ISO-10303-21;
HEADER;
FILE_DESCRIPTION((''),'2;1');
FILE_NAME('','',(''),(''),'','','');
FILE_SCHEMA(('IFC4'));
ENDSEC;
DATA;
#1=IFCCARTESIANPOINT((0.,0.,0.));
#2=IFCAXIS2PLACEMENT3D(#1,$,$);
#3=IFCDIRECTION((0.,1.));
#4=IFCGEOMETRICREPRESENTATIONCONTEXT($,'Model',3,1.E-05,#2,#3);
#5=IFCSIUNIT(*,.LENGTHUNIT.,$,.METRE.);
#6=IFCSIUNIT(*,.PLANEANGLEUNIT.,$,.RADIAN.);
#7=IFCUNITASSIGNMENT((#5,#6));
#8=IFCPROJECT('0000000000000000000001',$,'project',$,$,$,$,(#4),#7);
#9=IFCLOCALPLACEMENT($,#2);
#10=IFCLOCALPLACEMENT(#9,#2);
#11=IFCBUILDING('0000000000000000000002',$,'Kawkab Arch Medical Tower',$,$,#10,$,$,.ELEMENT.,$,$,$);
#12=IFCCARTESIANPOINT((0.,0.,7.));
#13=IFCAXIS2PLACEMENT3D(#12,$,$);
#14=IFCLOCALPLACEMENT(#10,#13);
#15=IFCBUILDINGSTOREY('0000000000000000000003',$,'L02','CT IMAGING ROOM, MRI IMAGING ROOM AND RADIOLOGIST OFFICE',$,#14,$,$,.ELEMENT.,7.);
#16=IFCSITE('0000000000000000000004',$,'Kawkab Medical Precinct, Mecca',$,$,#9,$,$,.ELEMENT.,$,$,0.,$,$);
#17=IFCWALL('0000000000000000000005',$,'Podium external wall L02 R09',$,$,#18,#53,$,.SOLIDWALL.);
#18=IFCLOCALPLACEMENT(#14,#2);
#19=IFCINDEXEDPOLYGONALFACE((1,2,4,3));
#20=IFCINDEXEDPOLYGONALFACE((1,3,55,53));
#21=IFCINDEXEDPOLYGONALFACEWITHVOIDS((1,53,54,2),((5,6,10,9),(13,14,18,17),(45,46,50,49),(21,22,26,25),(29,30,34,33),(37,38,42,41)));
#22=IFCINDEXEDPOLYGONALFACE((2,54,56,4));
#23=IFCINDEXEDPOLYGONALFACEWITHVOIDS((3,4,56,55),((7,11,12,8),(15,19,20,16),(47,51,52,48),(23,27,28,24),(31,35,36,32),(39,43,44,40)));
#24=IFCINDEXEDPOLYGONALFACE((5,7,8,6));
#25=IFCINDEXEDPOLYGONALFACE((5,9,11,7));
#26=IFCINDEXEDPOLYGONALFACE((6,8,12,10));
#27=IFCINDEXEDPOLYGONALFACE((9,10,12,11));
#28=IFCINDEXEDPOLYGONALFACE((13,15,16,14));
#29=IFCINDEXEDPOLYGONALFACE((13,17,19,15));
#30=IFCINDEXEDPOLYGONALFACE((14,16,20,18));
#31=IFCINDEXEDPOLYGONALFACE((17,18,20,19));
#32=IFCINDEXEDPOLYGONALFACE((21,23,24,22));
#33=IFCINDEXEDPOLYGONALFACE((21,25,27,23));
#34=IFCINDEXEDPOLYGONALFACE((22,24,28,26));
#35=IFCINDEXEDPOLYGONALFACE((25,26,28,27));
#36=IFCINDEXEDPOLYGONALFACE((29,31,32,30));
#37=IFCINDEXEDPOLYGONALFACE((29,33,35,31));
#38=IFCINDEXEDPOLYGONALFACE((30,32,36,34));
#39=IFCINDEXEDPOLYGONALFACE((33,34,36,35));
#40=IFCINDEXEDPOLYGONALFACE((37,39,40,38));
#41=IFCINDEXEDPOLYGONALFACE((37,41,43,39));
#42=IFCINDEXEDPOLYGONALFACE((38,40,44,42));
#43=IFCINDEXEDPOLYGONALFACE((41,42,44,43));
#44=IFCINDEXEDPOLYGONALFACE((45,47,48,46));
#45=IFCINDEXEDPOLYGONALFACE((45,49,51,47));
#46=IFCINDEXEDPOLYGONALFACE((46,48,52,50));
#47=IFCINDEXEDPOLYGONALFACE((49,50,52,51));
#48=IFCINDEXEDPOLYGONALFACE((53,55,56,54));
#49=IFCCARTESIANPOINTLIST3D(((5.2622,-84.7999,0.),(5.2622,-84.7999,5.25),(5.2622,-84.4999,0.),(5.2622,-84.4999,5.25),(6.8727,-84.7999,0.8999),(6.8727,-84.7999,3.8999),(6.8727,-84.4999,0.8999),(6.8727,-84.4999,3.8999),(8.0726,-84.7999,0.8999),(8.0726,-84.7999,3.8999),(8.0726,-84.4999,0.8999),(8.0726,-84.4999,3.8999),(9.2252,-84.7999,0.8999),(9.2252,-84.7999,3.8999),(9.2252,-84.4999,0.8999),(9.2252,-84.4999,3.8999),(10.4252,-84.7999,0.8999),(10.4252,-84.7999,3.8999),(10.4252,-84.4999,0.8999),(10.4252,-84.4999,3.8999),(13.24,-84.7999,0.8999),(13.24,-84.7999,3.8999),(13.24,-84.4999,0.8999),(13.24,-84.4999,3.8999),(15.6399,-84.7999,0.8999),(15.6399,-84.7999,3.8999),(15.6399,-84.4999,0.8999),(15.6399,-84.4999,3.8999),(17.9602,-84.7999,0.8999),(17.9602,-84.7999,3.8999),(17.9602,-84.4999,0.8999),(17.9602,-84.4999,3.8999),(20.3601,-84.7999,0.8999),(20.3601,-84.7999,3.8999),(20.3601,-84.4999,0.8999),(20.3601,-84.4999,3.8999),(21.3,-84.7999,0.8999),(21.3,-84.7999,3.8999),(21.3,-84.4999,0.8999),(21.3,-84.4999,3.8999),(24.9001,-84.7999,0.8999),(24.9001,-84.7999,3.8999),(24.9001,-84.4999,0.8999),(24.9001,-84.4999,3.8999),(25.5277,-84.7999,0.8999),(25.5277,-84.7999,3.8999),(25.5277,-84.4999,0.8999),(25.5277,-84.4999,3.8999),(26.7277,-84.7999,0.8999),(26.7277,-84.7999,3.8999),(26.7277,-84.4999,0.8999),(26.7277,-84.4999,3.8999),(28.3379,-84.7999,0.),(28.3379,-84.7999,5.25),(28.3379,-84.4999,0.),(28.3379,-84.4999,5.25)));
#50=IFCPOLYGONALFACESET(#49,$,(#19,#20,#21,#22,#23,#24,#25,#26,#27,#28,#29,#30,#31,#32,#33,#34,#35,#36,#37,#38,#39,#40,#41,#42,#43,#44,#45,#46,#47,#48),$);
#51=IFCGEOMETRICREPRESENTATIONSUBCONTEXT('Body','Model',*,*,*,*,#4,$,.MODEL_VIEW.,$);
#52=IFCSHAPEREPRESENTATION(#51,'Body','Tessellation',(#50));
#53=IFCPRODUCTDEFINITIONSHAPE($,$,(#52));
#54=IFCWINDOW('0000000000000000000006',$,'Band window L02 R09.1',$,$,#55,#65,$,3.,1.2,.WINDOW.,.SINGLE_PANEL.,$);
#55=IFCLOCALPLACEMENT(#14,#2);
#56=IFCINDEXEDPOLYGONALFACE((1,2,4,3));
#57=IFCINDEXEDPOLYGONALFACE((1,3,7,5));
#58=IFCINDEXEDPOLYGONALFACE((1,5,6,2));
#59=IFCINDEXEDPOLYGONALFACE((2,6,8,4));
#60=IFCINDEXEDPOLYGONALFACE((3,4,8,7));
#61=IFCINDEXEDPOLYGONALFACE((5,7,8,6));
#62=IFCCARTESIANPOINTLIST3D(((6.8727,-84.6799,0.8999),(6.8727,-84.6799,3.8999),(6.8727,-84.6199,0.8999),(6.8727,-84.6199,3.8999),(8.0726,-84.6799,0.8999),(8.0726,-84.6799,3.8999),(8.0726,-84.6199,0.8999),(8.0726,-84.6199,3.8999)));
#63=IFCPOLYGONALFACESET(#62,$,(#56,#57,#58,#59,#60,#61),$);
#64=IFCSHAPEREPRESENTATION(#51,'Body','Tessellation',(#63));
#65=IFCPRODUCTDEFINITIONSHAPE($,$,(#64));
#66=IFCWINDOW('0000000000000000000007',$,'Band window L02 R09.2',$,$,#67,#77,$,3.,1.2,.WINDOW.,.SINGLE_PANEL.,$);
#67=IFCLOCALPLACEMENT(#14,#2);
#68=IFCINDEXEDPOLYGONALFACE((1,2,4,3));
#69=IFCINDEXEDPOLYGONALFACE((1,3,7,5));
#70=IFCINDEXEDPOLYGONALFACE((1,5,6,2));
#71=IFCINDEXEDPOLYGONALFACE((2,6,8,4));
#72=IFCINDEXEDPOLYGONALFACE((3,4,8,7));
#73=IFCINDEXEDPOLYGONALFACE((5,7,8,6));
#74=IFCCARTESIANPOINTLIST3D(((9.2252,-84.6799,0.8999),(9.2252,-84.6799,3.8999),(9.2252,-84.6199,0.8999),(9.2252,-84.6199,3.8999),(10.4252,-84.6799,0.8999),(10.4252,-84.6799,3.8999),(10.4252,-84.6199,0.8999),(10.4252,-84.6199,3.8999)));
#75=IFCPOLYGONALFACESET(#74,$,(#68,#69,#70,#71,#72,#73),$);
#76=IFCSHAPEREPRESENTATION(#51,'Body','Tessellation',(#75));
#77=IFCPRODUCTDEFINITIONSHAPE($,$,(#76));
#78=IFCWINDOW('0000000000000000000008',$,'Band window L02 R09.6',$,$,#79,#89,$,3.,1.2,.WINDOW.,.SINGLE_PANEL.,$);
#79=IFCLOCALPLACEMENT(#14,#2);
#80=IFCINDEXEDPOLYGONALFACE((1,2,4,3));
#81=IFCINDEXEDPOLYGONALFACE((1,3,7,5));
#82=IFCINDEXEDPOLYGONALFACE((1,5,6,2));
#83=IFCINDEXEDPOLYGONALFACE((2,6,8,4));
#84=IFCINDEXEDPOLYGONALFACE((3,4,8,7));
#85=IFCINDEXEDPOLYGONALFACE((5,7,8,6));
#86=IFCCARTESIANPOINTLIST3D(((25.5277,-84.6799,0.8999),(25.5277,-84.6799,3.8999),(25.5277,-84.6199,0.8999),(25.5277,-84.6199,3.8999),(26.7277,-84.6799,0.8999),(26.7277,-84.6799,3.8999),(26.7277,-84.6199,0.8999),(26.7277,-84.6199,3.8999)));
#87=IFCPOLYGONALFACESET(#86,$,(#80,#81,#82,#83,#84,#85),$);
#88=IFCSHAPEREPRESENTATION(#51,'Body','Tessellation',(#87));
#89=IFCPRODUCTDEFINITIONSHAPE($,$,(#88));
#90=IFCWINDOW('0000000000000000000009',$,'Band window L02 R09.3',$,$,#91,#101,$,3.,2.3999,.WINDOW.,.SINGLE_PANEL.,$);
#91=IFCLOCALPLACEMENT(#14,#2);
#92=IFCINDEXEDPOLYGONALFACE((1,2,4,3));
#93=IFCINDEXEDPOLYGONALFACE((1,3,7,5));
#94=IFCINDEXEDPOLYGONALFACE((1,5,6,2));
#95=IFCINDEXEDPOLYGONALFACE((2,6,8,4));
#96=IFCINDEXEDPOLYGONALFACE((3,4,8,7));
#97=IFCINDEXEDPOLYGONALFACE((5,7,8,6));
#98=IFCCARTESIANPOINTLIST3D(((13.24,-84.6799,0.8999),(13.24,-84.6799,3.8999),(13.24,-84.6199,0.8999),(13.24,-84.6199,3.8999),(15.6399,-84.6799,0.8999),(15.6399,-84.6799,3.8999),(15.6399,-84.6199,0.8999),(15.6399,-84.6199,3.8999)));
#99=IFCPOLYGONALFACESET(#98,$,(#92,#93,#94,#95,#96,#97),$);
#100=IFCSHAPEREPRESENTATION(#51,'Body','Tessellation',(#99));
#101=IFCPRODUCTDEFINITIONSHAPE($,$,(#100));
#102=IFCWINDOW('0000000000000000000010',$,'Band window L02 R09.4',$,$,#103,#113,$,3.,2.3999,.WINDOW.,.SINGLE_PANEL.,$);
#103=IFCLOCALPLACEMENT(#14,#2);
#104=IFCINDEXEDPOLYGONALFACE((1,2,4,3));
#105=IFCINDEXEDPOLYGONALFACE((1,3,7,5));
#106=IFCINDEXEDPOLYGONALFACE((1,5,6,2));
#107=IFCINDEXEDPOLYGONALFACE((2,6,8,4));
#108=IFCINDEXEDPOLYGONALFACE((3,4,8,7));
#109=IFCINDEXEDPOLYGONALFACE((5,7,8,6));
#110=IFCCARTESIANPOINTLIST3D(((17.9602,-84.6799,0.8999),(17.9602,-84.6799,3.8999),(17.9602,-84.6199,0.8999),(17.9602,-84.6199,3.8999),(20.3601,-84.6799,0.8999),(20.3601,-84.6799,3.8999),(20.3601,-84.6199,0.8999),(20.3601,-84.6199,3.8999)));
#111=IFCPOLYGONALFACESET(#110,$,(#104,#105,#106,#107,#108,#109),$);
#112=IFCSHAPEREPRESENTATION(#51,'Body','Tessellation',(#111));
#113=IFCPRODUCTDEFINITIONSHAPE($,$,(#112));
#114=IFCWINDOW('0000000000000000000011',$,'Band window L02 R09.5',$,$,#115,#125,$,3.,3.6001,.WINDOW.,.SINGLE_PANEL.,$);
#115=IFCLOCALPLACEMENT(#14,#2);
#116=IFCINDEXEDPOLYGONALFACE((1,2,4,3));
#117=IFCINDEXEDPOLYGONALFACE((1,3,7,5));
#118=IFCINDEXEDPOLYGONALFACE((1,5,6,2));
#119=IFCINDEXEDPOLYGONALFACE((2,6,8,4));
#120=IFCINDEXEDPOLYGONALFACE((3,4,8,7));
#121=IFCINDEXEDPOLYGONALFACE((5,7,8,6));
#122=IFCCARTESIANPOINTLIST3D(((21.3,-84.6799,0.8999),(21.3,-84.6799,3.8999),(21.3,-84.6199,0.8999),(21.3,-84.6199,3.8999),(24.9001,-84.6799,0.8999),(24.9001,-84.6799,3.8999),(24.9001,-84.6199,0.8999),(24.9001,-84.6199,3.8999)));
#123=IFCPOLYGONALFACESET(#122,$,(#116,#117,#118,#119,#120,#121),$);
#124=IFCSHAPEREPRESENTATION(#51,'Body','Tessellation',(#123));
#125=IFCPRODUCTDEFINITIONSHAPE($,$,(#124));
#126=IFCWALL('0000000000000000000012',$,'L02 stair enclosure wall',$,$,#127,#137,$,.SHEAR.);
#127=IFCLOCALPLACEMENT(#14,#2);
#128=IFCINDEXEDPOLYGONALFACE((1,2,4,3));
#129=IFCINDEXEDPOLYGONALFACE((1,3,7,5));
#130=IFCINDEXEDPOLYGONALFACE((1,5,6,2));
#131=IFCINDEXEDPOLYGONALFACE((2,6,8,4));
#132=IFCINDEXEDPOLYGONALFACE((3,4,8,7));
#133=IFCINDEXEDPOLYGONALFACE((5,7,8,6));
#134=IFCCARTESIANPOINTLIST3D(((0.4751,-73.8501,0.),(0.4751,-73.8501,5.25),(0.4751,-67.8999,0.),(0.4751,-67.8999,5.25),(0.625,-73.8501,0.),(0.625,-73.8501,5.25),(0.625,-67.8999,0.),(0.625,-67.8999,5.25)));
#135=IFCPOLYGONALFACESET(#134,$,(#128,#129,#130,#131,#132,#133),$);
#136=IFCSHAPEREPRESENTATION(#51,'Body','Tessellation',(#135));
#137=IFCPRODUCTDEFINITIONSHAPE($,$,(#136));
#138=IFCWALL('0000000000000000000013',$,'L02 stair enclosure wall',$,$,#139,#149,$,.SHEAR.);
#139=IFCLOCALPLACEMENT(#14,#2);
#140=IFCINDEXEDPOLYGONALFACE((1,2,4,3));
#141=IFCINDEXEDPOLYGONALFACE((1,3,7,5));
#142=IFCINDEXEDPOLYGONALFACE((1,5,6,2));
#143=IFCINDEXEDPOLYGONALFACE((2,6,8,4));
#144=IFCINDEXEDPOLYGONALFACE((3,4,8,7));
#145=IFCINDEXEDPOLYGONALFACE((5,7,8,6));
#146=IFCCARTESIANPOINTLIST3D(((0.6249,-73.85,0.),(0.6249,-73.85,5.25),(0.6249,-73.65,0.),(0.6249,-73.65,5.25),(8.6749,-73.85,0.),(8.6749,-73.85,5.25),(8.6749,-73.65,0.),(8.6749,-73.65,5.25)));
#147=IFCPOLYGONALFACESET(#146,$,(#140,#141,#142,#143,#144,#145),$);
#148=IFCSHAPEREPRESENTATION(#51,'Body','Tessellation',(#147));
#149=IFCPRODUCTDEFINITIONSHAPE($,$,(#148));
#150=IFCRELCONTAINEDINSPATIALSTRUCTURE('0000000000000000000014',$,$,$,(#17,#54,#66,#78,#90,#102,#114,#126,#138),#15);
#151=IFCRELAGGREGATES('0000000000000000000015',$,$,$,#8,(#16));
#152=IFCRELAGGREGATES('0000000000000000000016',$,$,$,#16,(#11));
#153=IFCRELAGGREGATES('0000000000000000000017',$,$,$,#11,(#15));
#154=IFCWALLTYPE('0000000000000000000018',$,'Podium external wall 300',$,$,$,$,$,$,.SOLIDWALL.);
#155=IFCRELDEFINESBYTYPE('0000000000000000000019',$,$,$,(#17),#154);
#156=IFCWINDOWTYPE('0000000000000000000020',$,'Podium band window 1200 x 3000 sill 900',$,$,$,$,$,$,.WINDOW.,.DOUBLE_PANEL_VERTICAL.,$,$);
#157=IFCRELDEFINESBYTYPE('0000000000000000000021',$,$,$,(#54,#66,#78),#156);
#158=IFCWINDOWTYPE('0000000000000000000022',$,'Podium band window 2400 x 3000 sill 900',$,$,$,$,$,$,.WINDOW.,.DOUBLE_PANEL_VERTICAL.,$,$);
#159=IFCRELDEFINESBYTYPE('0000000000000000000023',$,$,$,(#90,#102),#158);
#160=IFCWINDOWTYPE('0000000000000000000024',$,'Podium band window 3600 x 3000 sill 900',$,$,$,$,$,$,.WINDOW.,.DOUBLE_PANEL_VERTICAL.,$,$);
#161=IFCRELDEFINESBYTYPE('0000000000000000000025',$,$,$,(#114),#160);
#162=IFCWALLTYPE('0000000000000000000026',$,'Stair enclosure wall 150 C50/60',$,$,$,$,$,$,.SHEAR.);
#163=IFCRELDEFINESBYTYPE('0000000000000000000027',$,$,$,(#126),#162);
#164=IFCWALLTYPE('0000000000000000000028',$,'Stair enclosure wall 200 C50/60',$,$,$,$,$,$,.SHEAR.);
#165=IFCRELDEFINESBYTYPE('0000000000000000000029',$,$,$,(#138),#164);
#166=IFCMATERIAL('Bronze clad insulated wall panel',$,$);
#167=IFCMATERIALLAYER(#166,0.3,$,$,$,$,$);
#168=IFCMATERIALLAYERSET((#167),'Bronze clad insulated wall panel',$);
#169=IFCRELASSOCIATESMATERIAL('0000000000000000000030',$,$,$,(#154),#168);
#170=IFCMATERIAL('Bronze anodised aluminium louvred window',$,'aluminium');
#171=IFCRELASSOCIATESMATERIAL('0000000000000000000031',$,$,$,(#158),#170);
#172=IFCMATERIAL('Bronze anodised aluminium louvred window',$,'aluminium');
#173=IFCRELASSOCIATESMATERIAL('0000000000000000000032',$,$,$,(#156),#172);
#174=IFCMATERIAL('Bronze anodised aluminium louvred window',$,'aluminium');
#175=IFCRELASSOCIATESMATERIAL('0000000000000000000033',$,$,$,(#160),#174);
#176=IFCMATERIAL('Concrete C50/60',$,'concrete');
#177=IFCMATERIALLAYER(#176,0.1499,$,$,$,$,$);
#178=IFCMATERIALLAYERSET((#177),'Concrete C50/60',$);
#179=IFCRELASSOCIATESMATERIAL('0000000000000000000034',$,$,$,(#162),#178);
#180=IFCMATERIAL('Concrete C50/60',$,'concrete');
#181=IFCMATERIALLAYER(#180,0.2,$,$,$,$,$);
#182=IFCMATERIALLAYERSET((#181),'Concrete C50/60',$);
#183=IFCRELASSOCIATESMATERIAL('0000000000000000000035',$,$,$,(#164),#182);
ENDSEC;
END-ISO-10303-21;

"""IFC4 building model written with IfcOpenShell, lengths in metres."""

from ifc_helpers import new_model, si_unit, direction, frame, frame_2d, origin, place, context, subcontext, project, spatial, rectangle, extrude, material, layer, layer_set, type_object, element, fill, save


model = new_model("IFC4")

# Units and contexts
model_context = context("Model", 3, precision=1e-05, world=origin(), true_north=direction((0.0, 1.0)))
body_context = subcontext(model_context, "Body", "Model", "MODEL_VIEW")
ifc_project = project(units=[si_unit("LENGTHUNIT", "METRE"), si_unit("PLANEANGLEUNIT", "RADIAN")], contexts=[model_context])

# Site, building, storey
site_placement = place(None, origin())
site = spatial("IfcSite", under=ifc_project, at=site_placement, Name="Kawkab Medical Precinct, Mecca", CompositionType="ELEMENT", RefElevation=0.0)
building_placement = place(site_placement, origin())
building = spatial("IfcBuilding", under=site, at=building_placement, Name="Kawkab Arch Medical Tower", CompositionType="ELEMENT")
storey_placement = place(building_placement, frame((0.0, 0.0, 7.0)))
storey = spatial("IfcBuildingStorey", under=building, at=storey_placement, Name="L02", Description="CT IMAGING ROOM, MRI IMAGING ROOM AND RADIOLOGIST OFFICE", CompositionType="ELEMENT", Elevation=7.0)

# Wall, openings, windows
ifc_material_1 = material(Name="Bronze clad insulated wall panel")
ifc_layer_1 = layer(ifc_material_1, 0.3)
ifc_layer_set_1 = layer_set([ifc_layer_1], Name="Bronze clad insulated wall panel")
wall_type_1 = type_object("IfcWallType", Name="Podium external wall 300", PredefinedType="SOLIDWALL", material=ifc_layer_set_1)
ifc_material_2 = material(Name="Bronze anodised aluminium louvred window", Category="aluminium")
window_type_1 = type_object("IfcWindowType", Name="Podium band window 2400 x 3000 sill 900", PartitioningType="DOUBLE_PANEL_VERTICAL", PredefinedType="WINDOW", material=ifc_material_2)
wall_1_placement = place(storey_placement, frame((5.2622, -84.6499, 0.0), z_axis=(0.0, 0.0, 1.0), x_axis=(1.0, 0.0, 0.0)))
wall_1 = element("IfcWall", 1, at=wall_1_placement, inside=storey, type_object=wall_type_1, Name="Podium external wall L02 R09", PredefinedType="SOLIDWALL", context=body_context, shape_type="SweptSolid", body=[
    extrude(rectangle(XDim=23.0757, YDim=0.3, at=frame_2d((11.5378, 0.0))), origin(), (0.0, 0.0, 1.0), 5.25),
])
opening_1_placement = place(wall_1_placement, frame((1.6104, 0.0, 0.8999)))
opening_1 = element("IfcOpeningElement", 2, at=opening_1_placement, cuts=wall_1, PredefinedType="OPENING", context=body_context, shape_type="SweptSolid", body=[
    extrude(rectangle(XDim=1.2, YDim=3.0, at=frame_2d((0.6001, 1.5))), frame((0.0, 0.1599, 0.0), z_axis=(0.0, -1.0, 0.0), x_axis=(1.0, 0.0, 0.0)), (0.0, 0.0, 1.0), 0.3201),
])
opening_2_placement = place(wall_1_placement, frame((3.9629, 0.0, 0.8999)))
opening_2 = element("IfcOpeningElement", 3, at=opening_2_placement, cuts=wall_1, PredefinedType="OPENING", context=body_context, shape_type="SweptSolid", body=[
    extrude(rectangle(XDim=1.2, YDim=3.0, at=frame_2d((0.6001, 1.5))), frame((0.0, 0.1599, 0.0), z_axis=(0.0, -1.0, 0.0), x_axis=(1.0, 0.0, 0.0)), (0.0, 0.0, 1.0), 0.3201),
])
opening_3_placement = place(wall_1_placement, frame((7.9778, 0.0, 0.8999)))
opening_3 = element("IfcOpeningElement", 4, at=opening_3_placement, cuts=wall_1, PredefinedType="OPENING", context=body_context, shape_type="SweptSolid", body=[
    extrude(rectangle(XDim=2.3999, YDim=3.0, at=frame_2d((1.2, 1.5))), frame((0.0, 0.1599, 0.0), z_axis=(0.0, -1.0, 0.0), x_axis=(1.0, 0.0, 0.0)), (0.0, 0.0, 1.0), 0.3201),
])
opening_4_placement = place(wall_1_placement, frame((12.698, 0.0, 0.8999)))
opening_4 = element("IfcOpeningElement", 5, at=opening_4_placement, cuts=wall_1, PredefinedType="OPENING", context=body_context, shape_type="SweptSolid", body=[
    extrude(rectangle(XDim=2.3999, YDim=3.0, at=frame_2d((1.2, 1.5))), frame((0.0, 0.1599, 0.0), z_axis=(0.0, -1.0, 0.0), x_axis=(1.0, 0.0, 0.0)), (0.0, 0.0, 1.0), 0.3201),
])
opening_5_placement = place(wall_1_placement, frame((16.0378, 0.0, 0.8999)))
opening_5 = element("IfcOpeningElement", 6, at=opening_5_placement, cuts=wall_1, PredefinedType="OPENING", context=body_context, shape_type="SweptSolid", body=[
    extrude(rectangle(XDim=3.6001, YDim=3.0, at=frame_2d((1.8, 1.5))), frame((0.0, 0.1599, 0.0), z_axis=(0.0, -1.0, 0.0), x_axis=(1.0, 0.0, 0.0)), (0.0, 0.0, 1.0), 0.3201),
])
opening_6_placement = place(wall_1_placement, frame((20.2654, 0.0, 0.8999)))
opening_6 = element("IfcOpeningElement", 7, at=opening_6_placement, cuts=wall_1, PredefinedType="OPENING", context=body_context, shape_type="SweptSolid", body=[
    extrude(rectangle(XDim=1.2, YDim=3.0, at=frame_2d((0.6001, 1.5))), frame((0.0, 0.1599, 0.0), z_axis=(0.0, -1.0, 0.0), x_axis=(1.0, 0.0, 0.0)), (0.0, 0.0, 1.0), 0.3201),
])
ifc_material_3 = material(Name="Bronze anodised aluminium louvred window", Category="aluminium")
window_type_2 = type_object("IfcWindowType", Name="Podium band window 1200 x 3000 sill 900", PartitioningType="DOUBLE_PANEL_VERTICAL", PredefinedType="WINDOW", material=ifc_material_3)
window_1_placement = place(opening_1_placement, origin())
window_1 = element("IfcWindow", 8, at=window_1_placement, inside=storey, type_object=window_type_2, Name="Band window L02 R09.1", OverallHeight=3.0, OverallWidth=1.2, PartitioningType="SINGLE_PANEL", PredefinedType="WINDOW", context=body_context, shape_type="SweptSolid", body=[
    extrude(rectangle(XDim=1.2, YDim=3.0, at=frame_2d((0.6001, 1.5))), frame((0.0, 0.03, 0.0), z_axis=(0.0, -1.0, 0.0), x_axis=(1.0, 0.0, 0.0)), (0.0, 0.0, 1.0), 0.0601),
])
fill(opening_1, window_1)
window_2_placement = place(opening_2_placement, origin())
window_2 = element("IfcWindow", 9, at=window_2_placement, inside=storey, type_object=window_type_2, Name="Band window L02 R09.2", OverallHeight=3.0, OverallWidth=1.2, PartitioningType="SINGLE_PANEL", PredefinedType="WINDOW", context=body_context, shape_type="SweptSolid", body=[
    extrude(rectangle(XDim=1.2, YDim=3.0, at=frame_2d((0.6001, 1.5))), frame((0.0, 0.03, 0.0), z_axis=(0.0, -1.0, 0.0), x_axis=(1.0, 0.0, 0.0)), (0.0, 0.0, 1.0), 0.0601),
])
fill(opening_2, window_2)
window_3_placement = place(opening_6_placement, origin())
window_3 = element("IfcWindow", 10, at=window_3_placement, inside=storey, type_object=window_type_2, Name="Band window L02 R09.6", OverallHeight=3.0, OverallWidth=1.2, PartitioningType="SINGLE_PANEL", PredefinedType="WINDOW", context=body_context, shape_type="SweptSolid", body=[
    extrude(rectangle(XDim=1.2, YDim=3.0, at=frame_2d((0.6001, 1.5))), frame((0.0, 0.03, 0.0), z_axis=(0.0, -1.0, 0.0), x_axis=(1.0, 0.0, 0.0)), (0.0, 0.0, 1.0), 0.0601),
])
fill(opening_6, window_3)
window_4_placement = place(opening_3_placement, origin())
window_4 = element("IfcWindow", 11, at=window_4_placement, inside=storey, type_object=window_type_1, Name="Band window L02 R09.3", OverallHeight=3.0, OverallWidth=2.3999, PartitioningType="SINGLE_PANEL", PredefinedType="WINDOW", context=body_context, shape_type="SweptSolid", body=[
    extrude(rectangle(XDim=2.3999, YDim=3.0, at=frame_2d((1.2, 1.5))), frame((0.0, 0.03, 0.0), z_axis=(0.0, -1.0, 0.0), x_axis=(1.0, 0.0, 0.0)), (0.0, 0.0, 1.0), 0.0601),
])
fill(opening_3, window_4)
window_5_placement = place(opening_4_placement, origin())
window_5 = element("IfcWindow", 12, at=window_5_placement, inside=storey, type_object=window_type_1, Name="Band window L02 R09.4", OverallHeight=3.0, OverallWidth=2.3999, PartitioningType="SINGLE_PANEL", PredefinedType="WINDOW", context=body_context, shape_type="SweptSolid", body=[
    extrude(rectangle(XDim=2.3999, YDim=3.0, at=frame_2d((1.2, 1.5))), frame((0.0, 0.03, 0.0), z_axis=(0.0, -1.0, 0.0), x_axis=(1.0, 0.0, 0.0)), (0.0, 0.0, 1.0), 0.0601),
])
fill(opening_4, window_5)
ifc_material_4 = material(Name="Bronze anodised aluminium louvred window", Category="aluminium")
window_type_3 = type_object("IfcWindowType", Name="Podium band window 3600 x 3000 sill 900", PartitioningType="DOUBLE_PANEL_VERTICAL", PredefinedType="WINDOW", material=ifc_material_4)
window_6_placement = place(opening_5_placement, origin())
window_6 = element("IfcWindow", 13, at=window_6_placement, inside=storey, type_object=window_type_3, Name="Band window L02 R09.5", OverallHeight=3.0, OverallWidth=3.6001, PartitioningType="SINGLE_PANEL", PredefinedType="WINDOW", context=body_context, shape_type="SweptSolid", body=[
    extrude(rectangle(XDim=3.6001, YDim=3.0, at=frame_2d((1.8, 1.5))), frame((0.0, 0.03, 0.0), z_axis=(0.0, -1.0, 0.0), x_axis=(1.0, 0.0, 0.0)), (0.0, 0.0, 1.0), 0.0601),
])
fill(opening_5, window_6)

# Walls
ifc_material_5 = material(Name="Concrete C50/60", Category="concrete")
ifc_layer_2 = layer(ifc_material_5, 0.1499)
ifc_layer_set_2 = layer_set([ifc_layer_2], Name="Concrete C50/60")
wall_type_2 = type_object("IfcWallType", Name="Stair enclosure wall 150 C50/60", PredefinedType="SHEAR", material=ifc_layer_set_2)
wall_2_placement = place(storey_placement, frame((0.55, -73.8501, 0.0), z_axis=(0.0, 0.0, 1.0), x_axis=(0.0, 1.0, 0.0)))
element("IfcWall", 14, at=wall_2_placement, inside=storey, type_object=wall_type_2, Name="L02 stair enclosure wall", PredefinedType="SHEAR", context=body_context, shape_type="SweptSolid", body=[
    extrude(rectangle(XDim=5.9502, YDim=0.1499, at=frame_2d((2.9751, 0.0))), origin(), (0.0, 0.0, 1.0), 5.25),
])
ifc_material_6 = material(Name="Concrete C50/60", Category="concrete")
ifc_layer_3 = layer(ifc_material_6, 0.2)
ifc_layer_set_3 = layer_set([ifc_layer_3], Name="Concrete C50/60")
wall_type_3 = type_object("IfcWallType", Name="Stair enclosure wall 200 C50/60", PredefinedType="SHEAR", material=ifc_layer_set_3)
wall_3_placement = place(storey_placement, frame((0.625, -73.75, 0.0), z_axis=(0.0, 0.0, 1.0), x_axis=(1.0, 0.0, 0.0)))
element("IfcWall", 15, at=wall_3_placement, inside=storey, type_object=wall_type_3, Name="L02 stair enclosure wall", PredefinedType="SHEAR", context=body_context, shape_type="SweptSolid", body=[
    extrude(rectangle(XDim=8.05, YDim=0.2, at=frame_2d((4.0249, 0.0))), origin(), (0.0, 0.0, 1.0), 5.25),
])

save(model, "model.ifc")
